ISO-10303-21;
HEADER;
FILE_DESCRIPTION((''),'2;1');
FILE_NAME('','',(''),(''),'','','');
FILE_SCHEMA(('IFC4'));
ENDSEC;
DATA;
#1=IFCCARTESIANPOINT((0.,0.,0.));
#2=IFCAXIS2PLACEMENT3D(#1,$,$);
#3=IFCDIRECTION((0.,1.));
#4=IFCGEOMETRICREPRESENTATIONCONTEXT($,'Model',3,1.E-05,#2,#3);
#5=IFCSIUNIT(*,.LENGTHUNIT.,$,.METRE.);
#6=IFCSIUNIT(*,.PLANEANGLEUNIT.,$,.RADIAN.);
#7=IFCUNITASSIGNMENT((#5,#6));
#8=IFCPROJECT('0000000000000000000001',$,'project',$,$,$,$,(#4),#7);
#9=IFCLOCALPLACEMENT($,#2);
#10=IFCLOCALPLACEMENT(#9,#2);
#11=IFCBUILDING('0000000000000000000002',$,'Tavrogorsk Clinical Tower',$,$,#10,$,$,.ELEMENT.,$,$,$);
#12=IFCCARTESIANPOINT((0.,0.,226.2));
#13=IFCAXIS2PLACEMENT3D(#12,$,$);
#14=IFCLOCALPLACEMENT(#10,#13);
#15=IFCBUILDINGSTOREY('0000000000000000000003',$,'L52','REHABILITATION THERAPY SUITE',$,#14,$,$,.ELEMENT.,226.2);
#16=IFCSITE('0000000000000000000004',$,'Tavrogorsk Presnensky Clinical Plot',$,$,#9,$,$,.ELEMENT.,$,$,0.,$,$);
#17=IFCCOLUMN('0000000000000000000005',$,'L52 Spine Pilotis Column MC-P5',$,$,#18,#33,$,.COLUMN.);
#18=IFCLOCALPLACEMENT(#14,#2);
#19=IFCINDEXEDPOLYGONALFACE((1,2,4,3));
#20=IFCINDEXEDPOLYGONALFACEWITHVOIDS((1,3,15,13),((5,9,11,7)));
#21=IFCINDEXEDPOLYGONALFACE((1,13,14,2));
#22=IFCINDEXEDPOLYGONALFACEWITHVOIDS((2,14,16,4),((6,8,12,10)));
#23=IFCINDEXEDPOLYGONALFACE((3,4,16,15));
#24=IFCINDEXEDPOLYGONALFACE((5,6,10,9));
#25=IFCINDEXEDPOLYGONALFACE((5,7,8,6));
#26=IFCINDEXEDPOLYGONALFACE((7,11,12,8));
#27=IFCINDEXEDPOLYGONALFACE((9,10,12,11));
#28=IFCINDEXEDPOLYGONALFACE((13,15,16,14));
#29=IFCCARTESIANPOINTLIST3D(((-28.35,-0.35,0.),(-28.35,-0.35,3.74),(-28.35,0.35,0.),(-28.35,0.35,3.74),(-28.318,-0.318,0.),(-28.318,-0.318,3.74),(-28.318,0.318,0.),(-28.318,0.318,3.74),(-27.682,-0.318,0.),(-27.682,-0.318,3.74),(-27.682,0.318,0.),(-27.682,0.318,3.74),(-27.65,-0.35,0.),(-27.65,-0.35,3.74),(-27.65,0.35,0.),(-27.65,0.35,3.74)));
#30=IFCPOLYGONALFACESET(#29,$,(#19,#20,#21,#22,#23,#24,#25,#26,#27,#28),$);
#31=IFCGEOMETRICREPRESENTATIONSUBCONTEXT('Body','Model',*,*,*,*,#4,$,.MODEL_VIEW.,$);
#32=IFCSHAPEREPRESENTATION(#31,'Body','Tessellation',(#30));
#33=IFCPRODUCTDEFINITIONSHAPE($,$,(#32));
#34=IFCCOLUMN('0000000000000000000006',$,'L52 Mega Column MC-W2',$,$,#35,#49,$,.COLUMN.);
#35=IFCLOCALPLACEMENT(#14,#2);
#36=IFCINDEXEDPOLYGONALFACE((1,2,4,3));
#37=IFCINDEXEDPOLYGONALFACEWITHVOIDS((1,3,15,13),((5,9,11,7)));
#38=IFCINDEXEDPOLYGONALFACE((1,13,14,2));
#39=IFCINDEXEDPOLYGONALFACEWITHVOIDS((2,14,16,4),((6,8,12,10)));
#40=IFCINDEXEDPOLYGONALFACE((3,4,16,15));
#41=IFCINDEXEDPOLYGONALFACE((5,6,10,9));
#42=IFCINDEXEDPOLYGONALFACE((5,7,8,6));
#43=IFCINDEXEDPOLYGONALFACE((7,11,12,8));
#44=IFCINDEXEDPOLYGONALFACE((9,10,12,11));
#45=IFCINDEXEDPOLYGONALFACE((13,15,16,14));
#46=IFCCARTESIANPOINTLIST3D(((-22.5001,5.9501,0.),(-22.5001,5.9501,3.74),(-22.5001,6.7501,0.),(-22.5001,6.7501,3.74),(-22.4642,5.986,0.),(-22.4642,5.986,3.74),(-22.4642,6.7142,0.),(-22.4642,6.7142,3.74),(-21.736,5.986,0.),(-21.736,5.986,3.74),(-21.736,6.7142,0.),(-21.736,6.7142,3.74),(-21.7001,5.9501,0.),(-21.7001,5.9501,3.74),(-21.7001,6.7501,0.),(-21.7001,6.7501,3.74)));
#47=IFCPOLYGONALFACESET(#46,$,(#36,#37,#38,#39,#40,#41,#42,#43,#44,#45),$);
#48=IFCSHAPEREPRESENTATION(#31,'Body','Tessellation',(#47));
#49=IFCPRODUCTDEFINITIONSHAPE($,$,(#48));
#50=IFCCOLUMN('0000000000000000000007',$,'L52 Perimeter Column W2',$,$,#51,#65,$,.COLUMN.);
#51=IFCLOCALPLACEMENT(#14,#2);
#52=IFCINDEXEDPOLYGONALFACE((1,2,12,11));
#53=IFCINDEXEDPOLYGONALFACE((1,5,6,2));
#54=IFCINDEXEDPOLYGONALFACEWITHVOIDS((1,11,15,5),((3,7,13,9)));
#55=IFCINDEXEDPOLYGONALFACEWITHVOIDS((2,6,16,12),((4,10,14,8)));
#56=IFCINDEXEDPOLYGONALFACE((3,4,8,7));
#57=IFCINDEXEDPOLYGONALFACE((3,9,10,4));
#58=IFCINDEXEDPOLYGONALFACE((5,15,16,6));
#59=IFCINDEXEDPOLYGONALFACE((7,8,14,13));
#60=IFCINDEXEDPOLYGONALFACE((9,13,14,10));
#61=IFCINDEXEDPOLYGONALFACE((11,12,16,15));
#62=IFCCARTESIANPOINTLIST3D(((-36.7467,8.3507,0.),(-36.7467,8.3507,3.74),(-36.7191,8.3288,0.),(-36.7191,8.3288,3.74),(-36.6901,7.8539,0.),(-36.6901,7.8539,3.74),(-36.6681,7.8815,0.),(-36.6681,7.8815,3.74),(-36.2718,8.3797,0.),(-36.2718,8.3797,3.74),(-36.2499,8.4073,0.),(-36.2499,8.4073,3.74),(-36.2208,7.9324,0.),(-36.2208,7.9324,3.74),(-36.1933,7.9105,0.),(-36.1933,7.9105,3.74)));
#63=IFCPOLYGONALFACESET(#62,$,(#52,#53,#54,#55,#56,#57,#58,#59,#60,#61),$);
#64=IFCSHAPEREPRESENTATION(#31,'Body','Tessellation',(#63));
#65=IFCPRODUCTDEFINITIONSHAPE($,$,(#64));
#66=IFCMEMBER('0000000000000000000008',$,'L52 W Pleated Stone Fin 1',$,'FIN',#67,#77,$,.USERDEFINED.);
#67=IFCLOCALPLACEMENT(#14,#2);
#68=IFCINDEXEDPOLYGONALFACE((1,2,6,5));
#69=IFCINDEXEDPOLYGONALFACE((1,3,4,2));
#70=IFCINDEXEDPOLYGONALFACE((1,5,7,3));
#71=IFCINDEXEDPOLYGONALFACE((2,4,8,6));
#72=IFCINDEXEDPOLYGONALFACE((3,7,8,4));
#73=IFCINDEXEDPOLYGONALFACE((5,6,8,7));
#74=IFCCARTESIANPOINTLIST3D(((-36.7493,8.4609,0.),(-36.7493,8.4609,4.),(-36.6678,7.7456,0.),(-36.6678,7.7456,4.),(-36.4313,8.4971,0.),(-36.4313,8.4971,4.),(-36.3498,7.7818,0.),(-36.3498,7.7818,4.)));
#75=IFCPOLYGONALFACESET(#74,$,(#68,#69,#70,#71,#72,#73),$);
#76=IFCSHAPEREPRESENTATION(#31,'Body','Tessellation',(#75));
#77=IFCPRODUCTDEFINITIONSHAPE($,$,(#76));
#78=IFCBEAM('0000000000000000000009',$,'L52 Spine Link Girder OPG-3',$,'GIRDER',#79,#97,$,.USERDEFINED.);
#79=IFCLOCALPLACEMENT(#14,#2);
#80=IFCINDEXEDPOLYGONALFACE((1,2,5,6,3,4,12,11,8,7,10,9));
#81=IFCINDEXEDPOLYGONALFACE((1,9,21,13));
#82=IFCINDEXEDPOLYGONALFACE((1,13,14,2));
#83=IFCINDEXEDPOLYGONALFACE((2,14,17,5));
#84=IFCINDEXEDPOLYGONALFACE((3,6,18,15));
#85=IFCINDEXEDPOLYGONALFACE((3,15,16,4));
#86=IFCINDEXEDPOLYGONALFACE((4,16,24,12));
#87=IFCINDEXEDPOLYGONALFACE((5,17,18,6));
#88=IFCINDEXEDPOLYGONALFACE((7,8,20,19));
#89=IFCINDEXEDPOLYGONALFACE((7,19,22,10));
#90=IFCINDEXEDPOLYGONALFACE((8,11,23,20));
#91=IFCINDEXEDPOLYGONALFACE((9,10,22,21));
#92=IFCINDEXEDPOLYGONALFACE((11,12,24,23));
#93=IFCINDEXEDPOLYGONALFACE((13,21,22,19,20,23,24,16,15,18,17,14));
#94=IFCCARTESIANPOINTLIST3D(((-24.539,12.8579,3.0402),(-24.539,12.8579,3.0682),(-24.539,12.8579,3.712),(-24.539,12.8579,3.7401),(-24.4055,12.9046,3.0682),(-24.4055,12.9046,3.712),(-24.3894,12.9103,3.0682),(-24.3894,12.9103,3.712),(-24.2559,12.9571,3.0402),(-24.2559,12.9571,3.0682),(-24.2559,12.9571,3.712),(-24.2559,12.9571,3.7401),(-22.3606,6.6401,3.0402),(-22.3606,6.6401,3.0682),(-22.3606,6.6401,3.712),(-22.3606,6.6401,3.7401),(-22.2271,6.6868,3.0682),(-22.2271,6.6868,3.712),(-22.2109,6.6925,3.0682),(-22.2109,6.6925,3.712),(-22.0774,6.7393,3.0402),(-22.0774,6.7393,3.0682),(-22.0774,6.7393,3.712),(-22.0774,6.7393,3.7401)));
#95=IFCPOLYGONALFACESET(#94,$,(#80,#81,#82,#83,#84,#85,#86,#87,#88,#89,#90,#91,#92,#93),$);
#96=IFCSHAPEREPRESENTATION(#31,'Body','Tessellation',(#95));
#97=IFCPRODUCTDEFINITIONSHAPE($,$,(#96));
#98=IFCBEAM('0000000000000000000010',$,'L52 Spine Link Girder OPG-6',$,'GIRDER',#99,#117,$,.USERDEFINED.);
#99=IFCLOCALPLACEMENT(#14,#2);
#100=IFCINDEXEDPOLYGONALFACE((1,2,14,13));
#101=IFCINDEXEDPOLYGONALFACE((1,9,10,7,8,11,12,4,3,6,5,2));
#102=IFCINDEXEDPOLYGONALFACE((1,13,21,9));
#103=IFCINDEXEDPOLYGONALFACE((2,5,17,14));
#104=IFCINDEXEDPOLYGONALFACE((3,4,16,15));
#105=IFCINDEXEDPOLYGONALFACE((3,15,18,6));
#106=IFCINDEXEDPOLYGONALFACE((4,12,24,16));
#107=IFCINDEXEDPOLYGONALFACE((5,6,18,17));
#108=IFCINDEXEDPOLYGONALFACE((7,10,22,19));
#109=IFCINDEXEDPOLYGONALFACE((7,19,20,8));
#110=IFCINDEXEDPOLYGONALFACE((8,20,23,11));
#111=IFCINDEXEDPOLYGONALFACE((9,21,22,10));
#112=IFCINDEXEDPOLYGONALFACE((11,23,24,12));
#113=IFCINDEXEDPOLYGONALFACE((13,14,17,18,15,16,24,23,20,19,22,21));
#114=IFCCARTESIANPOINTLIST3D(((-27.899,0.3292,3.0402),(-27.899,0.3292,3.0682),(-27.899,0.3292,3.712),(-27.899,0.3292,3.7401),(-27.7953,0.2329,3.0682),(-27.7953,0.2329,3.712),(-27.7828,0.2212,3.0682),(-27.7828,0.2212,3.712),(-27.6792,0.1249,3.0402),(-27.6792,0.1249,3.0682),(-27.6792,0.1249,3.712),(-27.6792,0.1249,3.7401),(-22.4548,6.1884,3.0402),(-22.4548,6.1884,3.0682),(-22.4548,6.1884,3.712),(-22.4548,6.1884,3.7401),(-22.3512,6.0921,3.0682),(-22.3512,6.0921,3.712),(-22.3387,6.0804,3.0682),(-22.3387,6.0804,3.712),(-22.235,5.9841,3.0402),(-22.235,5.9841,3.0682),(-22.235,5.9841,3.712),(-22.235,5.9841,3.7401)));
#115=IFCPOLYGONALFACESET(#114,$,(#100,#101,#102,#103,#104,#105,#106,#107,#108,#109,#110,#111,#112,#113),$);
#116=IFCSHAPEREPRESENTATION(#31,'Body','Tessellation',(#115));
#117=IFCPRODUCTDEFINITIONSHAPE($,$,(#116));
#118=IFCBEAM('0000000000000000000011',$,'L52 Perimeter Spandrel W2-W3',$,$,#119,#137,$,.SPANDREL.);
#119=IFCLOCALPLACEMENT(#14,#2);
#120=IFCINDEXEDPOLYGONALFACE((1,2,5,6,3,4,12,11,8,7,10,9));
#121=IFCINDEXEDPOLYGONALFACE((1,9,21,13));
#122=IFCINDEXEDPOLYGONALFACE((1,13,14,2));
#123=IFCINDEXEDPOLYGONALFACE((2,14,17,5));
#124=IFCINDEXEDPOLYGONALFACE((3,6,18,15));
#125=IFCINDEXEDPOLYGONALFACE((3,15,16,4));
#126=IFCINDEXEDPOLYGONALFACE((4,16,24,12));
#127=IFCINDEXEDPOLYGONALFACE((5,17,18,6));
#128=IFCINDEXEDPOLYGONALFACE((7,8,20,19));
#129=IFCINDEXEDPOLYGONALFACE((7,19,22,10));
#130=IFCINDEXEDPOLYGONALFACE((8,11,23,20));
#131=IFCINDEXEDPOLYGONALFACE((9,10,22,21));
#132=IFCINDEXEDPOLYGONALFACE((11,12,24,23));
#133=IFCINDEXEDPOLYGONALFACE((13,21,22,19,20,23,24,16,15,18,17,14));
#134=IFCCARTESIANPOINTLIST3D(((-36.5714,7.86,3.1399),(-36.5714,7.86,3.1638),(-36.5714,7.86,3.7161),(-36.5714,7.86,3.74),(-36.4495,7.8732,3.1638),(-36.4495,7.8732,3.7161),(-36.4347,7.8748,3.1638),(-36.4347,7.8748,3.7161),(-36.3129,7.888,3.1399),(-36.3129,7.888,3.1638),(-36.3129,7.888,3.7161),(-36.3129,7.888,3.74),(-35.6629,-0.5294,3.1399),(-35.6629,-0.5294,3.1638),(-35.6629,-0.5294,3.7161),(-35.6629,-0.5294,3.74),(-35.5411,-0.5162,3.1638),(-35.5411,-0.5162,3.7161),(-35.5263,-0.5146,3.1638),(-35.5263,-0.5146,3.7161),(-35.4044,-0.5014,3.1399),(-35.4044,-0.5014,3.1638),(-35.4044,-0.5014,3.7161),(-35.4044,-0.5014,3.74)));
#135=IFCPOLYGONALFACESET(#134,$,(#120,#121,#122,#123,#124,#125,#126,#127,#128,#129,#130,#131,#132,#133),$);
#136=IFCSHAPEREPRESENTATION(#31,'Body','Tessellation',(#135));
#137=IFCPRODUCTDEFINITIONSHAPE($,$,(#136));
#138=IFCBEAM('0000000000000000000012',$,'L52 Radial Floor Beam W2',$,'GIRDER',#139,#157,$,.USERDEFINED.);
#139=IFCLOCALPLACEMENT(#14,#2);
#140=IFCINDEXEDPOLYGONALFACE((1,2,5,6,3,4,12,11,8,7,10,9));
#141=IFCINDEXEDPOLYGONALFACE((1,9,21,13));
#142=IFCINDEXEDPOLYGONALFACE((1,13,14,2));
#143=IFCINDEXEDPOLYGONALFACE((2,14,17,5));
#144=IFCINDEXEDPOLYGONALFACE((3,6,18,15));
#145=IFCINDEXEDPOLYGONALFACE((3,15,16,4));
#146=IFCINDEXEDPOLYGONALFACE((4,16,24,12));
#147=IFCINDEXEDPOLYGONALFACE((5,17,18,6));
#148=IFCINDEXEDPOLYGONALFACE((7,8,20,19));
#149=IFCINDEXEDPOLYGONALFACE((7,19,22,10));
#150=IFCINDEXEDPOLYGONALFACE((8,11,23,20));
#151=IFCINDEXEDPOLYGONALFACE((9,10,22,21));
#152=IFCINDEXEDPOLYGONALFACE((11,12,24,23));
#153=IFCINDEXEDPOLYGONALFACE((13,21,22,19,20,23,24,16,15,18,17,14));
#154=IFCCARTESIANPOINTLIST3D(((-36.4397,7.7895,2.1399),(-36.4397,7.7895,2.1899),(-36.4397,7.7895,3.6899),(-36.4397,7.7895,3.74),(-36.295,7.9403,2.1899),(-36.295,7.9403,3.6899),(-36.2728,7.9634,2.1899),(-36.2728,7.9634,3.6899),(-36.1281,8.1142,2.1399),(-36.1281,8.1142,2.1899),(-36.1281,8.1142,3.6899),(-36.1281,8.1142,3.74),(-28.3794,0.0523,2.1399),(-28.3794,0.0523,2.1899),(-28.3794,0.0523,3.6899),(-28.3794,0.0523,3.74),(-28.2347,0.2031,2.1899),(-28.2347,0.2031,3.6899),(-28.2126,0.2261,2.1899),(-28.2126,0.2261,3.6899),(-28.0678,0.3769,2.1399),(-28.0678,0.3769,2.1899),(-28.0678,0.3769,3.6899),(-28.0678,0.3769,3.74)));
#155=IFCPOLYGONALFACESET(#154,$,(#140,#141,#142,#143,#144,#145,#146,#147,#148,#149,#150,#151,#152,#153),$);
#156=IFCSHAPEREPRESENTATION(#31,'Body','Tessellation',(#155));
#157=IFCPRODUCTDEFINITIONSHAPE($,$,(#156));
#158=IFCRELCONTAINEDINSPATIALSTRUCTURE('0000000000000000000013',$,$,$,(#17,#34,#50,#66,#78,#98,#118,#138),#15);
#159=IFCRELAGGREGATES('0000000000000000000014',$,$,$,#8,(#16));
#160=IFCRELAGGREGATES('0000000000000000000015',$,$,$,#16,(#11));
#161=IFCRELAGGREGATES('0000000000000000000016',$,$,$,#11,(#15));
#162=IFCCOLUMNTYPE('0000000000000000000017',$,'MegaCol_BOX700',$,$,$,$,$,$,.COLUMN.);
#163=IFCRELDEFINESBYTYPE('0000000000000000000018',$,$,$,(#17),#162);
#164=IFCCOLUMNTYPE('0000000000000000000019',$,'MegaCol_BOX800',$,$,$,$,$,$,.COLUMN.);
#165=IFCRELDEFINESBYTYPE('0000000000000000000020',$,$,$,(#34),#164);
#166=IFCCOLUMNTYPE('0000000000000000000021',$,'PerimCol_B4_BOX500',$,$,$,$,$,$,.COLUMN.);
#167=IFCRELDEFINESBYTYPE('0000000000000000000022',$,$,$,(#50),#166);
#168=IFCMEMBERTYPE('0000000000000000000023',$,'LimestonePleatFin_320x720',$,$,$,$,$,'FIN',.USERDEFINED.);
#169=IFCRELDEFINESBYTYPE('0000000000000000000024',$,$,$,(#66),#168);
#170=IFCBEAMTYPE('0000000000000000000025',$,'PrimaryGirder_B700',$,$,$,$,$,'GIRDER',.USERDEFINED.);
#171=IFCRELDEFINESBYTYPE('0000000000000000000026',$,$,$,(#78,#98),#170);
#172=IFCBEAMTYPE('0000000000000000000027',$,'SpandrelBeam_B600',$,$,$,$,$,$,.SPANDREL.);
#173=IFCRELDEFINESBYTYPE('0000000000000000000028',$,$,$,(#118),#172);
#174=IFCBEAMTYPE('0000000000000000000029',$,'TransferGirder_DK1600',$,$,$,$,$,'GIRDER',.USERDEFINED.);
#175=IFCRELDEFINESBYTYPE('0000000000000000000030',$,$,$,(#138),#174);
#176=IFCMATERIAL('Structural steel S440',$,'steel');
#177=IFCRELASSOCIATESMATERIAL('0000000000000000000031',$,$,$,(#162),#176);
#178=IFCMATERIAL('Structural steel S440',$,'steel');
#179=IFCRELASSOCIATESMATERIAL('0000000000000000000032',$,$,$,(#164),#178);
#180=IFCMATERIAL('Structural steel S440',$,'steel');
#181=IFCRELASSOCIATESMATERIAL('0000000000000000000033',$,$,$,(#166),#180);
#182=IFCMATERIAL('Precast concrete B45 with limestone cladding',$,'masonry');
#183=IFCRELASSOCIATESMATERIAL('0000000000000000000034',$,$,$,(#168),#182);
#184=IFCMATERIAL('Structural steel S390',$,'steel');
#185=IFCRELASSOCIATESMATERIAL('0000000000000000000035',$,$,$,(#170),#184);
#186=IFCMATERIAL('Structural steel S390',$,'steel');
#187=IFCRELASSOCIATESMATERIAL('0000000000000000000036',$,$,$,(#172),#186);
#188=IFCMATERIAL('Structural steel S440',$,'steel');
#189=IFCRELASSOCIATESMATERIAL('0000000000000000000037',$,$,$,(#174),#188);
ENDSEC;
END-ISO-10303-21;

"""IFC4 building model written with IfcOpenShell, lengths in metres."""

from ifc_helpers import new_model, si_unit, direction, frame, origin, origin_2d, place, context, subcontext, project, spatial, rectangle, hollow_rectangle, i_section, extrude, material, material_profile, profile_set, type_object, element, save


model = new_model("IFC4")

# Units and contexts
model_context = context("Model", 3, precision=1e-05, world=origin(), true_north=direction((0.0, 1.0)))
body_context = subcontext(model_context, "Body", "Model", "MODEL_VIEW")
ifc_project = project(units=[si_unit("LENGTHUNIT", "METRE"), si_unit("PLANEANGLEUNIT", "RADIAN")], contexts=[model_context])

# Site, building, storey
site_placement = place(None, origin())
site = spatial("IfcSite", under=ifc_project, at=site_placement, Name="Tavrogorsk Presnensky Clinical Plot", CompositionType="ELEMENT", RefElevation=0.0)
building_placement = place(site_placement, origin())
building = spatial("IfcBuilding", under=site, at=building_placement, Name="Tavrogorsk Clinical Tower", CompositionType="ELEMENT")
storey_placement = place(building_placement, frame((0.0, 0.0, 226.2)))
storey = spatial("IfcBuildingStorey", under=building, at=storey_placement, Name="L52", Description="REHABILITATION THERAPY SUITE", CompositionType="ELEMENT", Elevation=226.2)

# Columns
ifc_material_1 = material(Name="Structural steel S440", Category="steel")
ifc_material_profile_1 = material_profile(ifc_material_1, hollow_rectangle(XDim=0.7, YDim=0.7, WallThickness=0.032, at=origin_2d()), Name="BOX-700x700x32")
ifc_profile_set_1 = profile_set([ifc_material_profile_1], Name="Structural steel S440")
column_type_1 = type_object("IfcColumnType", Name="MegaCol_BOX700", PredefinedType="COLUMN", material=ifc_profile_set_1)
column_1_placement = place(storey_placement, frame((-28.0, 0.0, 0.0), z_axis=(0.0, 0.0, 1.0), x_axis=(1.0, 0.0, 0.0)))
element("IfcColumn", 1, at=column_1_placement, inside=storey, type_object=column_type_1, Name="L52 Spine Pilotis Column MC-P5", PredefinedType="COLUMN", context=body_context, shape_type="SweptSolid", body=[
    extrude(hollow_rectangle(XDim=0.7, YDim=0.7, WallThickness=0.032, at=origin_2d()), origin(), (0.0, 0.0, 1.0), 3.74),
])
ifc_material_2 = material(Name="Structural steel S440", Category="steel")
ifc_material_profile_2 = material_profile(ifc_material_2, hollow_rectangle(XDim=0.8, YDim=0.8, WallThickness=0.0359, at=origin_2d()), Name="BOX-800x800x36")
ifc_profile_set_2 = profile_set([ifc_material_profile_2], Name="Structural steel S440")
column_type_2 = type_object("IfcColumnType", Name="MegaCol_BOX800", PredefinedType="COLUMN", material=ifc_profile_set_2)
column_2_placement = place(storey_placement, frame((-22.1001, 6.3501, 0.0), z_axis=(0.0, 0.0, 1.0), x_axis=(1.0, 0.0, 0.0)))
element("IfcColumn", 2, at=column_2_placement, inside=storey, type_object=column_type_2, Name="L52 Mega Column MC-W2", PredefinedType="COLUMN", context=body_context, shape_type="SweptSolid", body=[
    extrude(hollow_rectangle(XDim=0.8, YDim=0.8, WallThickness=0.0359, at=origin_2d()), origin(), (0.0, 0.0, 1.0), 3.74),
])
ifc_material_3 = material(Name="Structural steel S440", Category="steel")
ifc_material_profile_3 = material_profile(ifc_material_3, hollow_rectangle(XDim=0.5, YDim=0.5, WallThickness=0.0249, at=origin_2d()), Name="BOX-500x500x25")
ifc_profile_set_3 = profile_set([ifc_material_profile_3], Name="Structural steel S440")
column_type_3 = type_object("IfcColumnType", Name="PerimCol_B4_BOX500", PredefinedType="COLUMN", material=ifc_profile_set_3)
column_3_placement = place(storey_placement, frame((-36.47, 8.1306, 0.0), z_axis=(0.0, 0.0, 1.0), x_axis=(0.993572, 0.113203, 0.0)))
element("IfcColumn", 3, at=column_3_placement, inside=storey, type_object=column_type_3, Name="L52 Perimeter Column W2", PredefinedType="COLUMN", context=body_context, shape_type="SweptSolid", body=[
    extrude(hollow_rectangle(XDim=0.5, YDim=0.5, WallThickness=0.0249, at=origin_2d()), origin(), (0.0, 0.0, 1.0), 3.74),
])

# Member
ifc_material_4 = material(Name="Precast concrete B45 with limestone cladding", Category="masonry")
ifc_material_profile_4 = material_profile(ifc_material_4, rectangle(XDim=0.3201, YDim=0.72, at=origin_2d()), Name="LIMESTONE-FIN-320x720")
ifc_profile_set_4 = profile_set([ifc_material_profile_4], Name="Precast concrete B45 with limestone cladding")
member_type = type_object("IfcMemberType", Name="LimestonePleatFin_320x720", ElementType="FIN", PredefinedType="USERDEFINED", material=ifc_profile_set_4)
member_placement = place(storey_placement, frame((-36.5496, 8.1213, 0.0), z_axis=(0.0, 0.0, 1.0), x_axis=(0.993572, 0.113203, 0.0)))
element("IfcMember", 4, at=member_placement, inside=storey, type_object=member_type, Name="L52 W Pleated Stone Fin 1", ObjectType="FIN", PredefinedType="USERDEFINED", context=body_context, shape_type="SweptSolid", body=[
    extrude(rectangle(XDim=0.3201, YDim=0.72, at=origin_2d()), origin(), (0.0, 0.0, 1.0), 4.0),
])

# Beams
ifc_material_5 = material(Name="Structural steel S390", Category="steel")
ifc_material_profile_5 = material_profile(ifc_material_5, i_section(OverallWidth=0.3, OverallDepth=0.7, WebThickness=0.0171, FlangeThickness=0.0281, at=origin_2d()), Name="B-700x300x17x28")
ifc_profile_set_5 = profile_set([ifc_material_profile_5], Name="Structural steel S390")
beam_type_1 = type_object("IfcBeamType", Name="PrimaryGirder_B700", ElementType="GIRDER", PredefinedType="USERDEFINED", material=ifc_profile_set_5)
beam_1_placement = place(storey_placement, frame((-24.3975, 12.9075, 3.3901), z_axis=(0.330654, -0.943752, 0.0), x_axis=(0.943752, 0.330654, 0.0)))
element("IfcBeam", 5, at=beam_1_placement, inside=storey, type_object=beam_type_1, Name="L52 Spine Link Girder OPG-3", ObjectType="GIRDER", PredefinedType="USERDEFINED", context=body_context, shape_type="SweptSolid", body=[
    extrude(i_section(OverallWidth=0.3, OverallDepth=0.7, WebThickness=0.0171, FlangeThickness=0.0281, at=origin_2d()), origin(), (0.0, 0.0, 1.0), 6.5884),
])
beam_2_placement = place(storey_placement, frame((-27.7891, 0.2271, 3.3901), z_axis=(0.680684, 0.732577, 0.0), x_axis=(-0.732577, 0.680684, 0.0)))
element("IfcBeam", 6, at=beam_2_placement, inside=storey, type_object=beam_type_1, Name="L52 Spine Link Girder OPG-6", ObjectType="GIRDER", PredefinedType="USERDEFINED", context=body_context, shape_type="SweptSolid", body=[
    extrude(i_section(OverallWidth=0.3, OverallDepth=0.7, WebThickness=0.0171, FlangeThickness=0.0281, at=origin_2d()), origin(), (0.0, 0.0, 1.0), 7.998),
])
ifc_material_6 = material(Name="Structural steel S390", Category="steel")
ifc_material_profile_6 = material_profile(ifc_material_6, i_section(OverallWidth=0.26, OverallDepth=0.6001, WebThickness=0.0149, FlangeThickness=0.0239, at=origin_2d()), Name="B-600x260x15x24")
ifc_profile_set_6 = profile_set([ifc_material_profile_6], Name="Structural steel S390")
beam_type_2 = type_object("IfcBeamType", Name="SpandrelBeam_B600", PredefinedType="SPANDREL", material=ifc_profile_set_6)
beam_3_placement = place(storey_placement, frame((-36.4421, 7.874, 3.4399), z_axis=(0.107656, -0.994188, 0.0), x_axis=(0.994188, 0.107656, 0.0)))
element("IfcBeam", 7, at=beam_3_placement, inside=storey, type_object=beam_type_2, Name="L52 Perimeter Spandrel W2-W3", PredefinedType="SPANDREL", context=body_context, shape_type="SweptSolid", body=[
    extrude(i_section(OverallWidth=0.26, OverallDepth=0.6001, WebThickness=0.0149, FlangeThickness=0.0239, at=origin_2d()), origin(), (0.0, 0.0, 1.0), 8.4385),
])
ifc_material_7 = material(Name="Structural steel S440", Category="steel")
ifc_material_profile_7 = material_profile(ifc_material_7, i_section(OverallWidth=0.45, OverallDepth=1.6001, WebThickness=0.032, FlangeThickness=0.05, at=origin_2d()), Name="DK-1600x450x32x50")
ifc_profile_set_7 = profile_set([ifc_material_profile_7], Name="Structural steel S440")
beam_type_3 = type_object("IfcBeamType", Name="TransferGirder_DK1600", ElementType="GIRDER", PredefinedType="USERDEFINED", material=ifc_profile_set_7)
beam_4_placement = place(storey_placement, frame((-28.2236, 0.2146, 2.9399), z_axis=(-0.721414, 0.692505, 0.0), x_axis=(-0.692505, -0.721414, 0.0)))
element("IfcBeam", 8, at=beam_4_placement, inside=storey, type_object=beam_type_3, Name="L52 Radial Floor Beam W2", ObjectType="GIRDER", PredefinedType="USERDEFINED", context=body_context, shape_type="SweptSolid", body=[
    extrude(i_section(OverallWidth=0.45, OverallDepth=1.6001, WebThickness=0.032, FlangeThickness=0.05, at=origin_2d()), origin(), (0.0, 0.0, 1.0), 11.1729),
])

save(model, "model.ifc")
